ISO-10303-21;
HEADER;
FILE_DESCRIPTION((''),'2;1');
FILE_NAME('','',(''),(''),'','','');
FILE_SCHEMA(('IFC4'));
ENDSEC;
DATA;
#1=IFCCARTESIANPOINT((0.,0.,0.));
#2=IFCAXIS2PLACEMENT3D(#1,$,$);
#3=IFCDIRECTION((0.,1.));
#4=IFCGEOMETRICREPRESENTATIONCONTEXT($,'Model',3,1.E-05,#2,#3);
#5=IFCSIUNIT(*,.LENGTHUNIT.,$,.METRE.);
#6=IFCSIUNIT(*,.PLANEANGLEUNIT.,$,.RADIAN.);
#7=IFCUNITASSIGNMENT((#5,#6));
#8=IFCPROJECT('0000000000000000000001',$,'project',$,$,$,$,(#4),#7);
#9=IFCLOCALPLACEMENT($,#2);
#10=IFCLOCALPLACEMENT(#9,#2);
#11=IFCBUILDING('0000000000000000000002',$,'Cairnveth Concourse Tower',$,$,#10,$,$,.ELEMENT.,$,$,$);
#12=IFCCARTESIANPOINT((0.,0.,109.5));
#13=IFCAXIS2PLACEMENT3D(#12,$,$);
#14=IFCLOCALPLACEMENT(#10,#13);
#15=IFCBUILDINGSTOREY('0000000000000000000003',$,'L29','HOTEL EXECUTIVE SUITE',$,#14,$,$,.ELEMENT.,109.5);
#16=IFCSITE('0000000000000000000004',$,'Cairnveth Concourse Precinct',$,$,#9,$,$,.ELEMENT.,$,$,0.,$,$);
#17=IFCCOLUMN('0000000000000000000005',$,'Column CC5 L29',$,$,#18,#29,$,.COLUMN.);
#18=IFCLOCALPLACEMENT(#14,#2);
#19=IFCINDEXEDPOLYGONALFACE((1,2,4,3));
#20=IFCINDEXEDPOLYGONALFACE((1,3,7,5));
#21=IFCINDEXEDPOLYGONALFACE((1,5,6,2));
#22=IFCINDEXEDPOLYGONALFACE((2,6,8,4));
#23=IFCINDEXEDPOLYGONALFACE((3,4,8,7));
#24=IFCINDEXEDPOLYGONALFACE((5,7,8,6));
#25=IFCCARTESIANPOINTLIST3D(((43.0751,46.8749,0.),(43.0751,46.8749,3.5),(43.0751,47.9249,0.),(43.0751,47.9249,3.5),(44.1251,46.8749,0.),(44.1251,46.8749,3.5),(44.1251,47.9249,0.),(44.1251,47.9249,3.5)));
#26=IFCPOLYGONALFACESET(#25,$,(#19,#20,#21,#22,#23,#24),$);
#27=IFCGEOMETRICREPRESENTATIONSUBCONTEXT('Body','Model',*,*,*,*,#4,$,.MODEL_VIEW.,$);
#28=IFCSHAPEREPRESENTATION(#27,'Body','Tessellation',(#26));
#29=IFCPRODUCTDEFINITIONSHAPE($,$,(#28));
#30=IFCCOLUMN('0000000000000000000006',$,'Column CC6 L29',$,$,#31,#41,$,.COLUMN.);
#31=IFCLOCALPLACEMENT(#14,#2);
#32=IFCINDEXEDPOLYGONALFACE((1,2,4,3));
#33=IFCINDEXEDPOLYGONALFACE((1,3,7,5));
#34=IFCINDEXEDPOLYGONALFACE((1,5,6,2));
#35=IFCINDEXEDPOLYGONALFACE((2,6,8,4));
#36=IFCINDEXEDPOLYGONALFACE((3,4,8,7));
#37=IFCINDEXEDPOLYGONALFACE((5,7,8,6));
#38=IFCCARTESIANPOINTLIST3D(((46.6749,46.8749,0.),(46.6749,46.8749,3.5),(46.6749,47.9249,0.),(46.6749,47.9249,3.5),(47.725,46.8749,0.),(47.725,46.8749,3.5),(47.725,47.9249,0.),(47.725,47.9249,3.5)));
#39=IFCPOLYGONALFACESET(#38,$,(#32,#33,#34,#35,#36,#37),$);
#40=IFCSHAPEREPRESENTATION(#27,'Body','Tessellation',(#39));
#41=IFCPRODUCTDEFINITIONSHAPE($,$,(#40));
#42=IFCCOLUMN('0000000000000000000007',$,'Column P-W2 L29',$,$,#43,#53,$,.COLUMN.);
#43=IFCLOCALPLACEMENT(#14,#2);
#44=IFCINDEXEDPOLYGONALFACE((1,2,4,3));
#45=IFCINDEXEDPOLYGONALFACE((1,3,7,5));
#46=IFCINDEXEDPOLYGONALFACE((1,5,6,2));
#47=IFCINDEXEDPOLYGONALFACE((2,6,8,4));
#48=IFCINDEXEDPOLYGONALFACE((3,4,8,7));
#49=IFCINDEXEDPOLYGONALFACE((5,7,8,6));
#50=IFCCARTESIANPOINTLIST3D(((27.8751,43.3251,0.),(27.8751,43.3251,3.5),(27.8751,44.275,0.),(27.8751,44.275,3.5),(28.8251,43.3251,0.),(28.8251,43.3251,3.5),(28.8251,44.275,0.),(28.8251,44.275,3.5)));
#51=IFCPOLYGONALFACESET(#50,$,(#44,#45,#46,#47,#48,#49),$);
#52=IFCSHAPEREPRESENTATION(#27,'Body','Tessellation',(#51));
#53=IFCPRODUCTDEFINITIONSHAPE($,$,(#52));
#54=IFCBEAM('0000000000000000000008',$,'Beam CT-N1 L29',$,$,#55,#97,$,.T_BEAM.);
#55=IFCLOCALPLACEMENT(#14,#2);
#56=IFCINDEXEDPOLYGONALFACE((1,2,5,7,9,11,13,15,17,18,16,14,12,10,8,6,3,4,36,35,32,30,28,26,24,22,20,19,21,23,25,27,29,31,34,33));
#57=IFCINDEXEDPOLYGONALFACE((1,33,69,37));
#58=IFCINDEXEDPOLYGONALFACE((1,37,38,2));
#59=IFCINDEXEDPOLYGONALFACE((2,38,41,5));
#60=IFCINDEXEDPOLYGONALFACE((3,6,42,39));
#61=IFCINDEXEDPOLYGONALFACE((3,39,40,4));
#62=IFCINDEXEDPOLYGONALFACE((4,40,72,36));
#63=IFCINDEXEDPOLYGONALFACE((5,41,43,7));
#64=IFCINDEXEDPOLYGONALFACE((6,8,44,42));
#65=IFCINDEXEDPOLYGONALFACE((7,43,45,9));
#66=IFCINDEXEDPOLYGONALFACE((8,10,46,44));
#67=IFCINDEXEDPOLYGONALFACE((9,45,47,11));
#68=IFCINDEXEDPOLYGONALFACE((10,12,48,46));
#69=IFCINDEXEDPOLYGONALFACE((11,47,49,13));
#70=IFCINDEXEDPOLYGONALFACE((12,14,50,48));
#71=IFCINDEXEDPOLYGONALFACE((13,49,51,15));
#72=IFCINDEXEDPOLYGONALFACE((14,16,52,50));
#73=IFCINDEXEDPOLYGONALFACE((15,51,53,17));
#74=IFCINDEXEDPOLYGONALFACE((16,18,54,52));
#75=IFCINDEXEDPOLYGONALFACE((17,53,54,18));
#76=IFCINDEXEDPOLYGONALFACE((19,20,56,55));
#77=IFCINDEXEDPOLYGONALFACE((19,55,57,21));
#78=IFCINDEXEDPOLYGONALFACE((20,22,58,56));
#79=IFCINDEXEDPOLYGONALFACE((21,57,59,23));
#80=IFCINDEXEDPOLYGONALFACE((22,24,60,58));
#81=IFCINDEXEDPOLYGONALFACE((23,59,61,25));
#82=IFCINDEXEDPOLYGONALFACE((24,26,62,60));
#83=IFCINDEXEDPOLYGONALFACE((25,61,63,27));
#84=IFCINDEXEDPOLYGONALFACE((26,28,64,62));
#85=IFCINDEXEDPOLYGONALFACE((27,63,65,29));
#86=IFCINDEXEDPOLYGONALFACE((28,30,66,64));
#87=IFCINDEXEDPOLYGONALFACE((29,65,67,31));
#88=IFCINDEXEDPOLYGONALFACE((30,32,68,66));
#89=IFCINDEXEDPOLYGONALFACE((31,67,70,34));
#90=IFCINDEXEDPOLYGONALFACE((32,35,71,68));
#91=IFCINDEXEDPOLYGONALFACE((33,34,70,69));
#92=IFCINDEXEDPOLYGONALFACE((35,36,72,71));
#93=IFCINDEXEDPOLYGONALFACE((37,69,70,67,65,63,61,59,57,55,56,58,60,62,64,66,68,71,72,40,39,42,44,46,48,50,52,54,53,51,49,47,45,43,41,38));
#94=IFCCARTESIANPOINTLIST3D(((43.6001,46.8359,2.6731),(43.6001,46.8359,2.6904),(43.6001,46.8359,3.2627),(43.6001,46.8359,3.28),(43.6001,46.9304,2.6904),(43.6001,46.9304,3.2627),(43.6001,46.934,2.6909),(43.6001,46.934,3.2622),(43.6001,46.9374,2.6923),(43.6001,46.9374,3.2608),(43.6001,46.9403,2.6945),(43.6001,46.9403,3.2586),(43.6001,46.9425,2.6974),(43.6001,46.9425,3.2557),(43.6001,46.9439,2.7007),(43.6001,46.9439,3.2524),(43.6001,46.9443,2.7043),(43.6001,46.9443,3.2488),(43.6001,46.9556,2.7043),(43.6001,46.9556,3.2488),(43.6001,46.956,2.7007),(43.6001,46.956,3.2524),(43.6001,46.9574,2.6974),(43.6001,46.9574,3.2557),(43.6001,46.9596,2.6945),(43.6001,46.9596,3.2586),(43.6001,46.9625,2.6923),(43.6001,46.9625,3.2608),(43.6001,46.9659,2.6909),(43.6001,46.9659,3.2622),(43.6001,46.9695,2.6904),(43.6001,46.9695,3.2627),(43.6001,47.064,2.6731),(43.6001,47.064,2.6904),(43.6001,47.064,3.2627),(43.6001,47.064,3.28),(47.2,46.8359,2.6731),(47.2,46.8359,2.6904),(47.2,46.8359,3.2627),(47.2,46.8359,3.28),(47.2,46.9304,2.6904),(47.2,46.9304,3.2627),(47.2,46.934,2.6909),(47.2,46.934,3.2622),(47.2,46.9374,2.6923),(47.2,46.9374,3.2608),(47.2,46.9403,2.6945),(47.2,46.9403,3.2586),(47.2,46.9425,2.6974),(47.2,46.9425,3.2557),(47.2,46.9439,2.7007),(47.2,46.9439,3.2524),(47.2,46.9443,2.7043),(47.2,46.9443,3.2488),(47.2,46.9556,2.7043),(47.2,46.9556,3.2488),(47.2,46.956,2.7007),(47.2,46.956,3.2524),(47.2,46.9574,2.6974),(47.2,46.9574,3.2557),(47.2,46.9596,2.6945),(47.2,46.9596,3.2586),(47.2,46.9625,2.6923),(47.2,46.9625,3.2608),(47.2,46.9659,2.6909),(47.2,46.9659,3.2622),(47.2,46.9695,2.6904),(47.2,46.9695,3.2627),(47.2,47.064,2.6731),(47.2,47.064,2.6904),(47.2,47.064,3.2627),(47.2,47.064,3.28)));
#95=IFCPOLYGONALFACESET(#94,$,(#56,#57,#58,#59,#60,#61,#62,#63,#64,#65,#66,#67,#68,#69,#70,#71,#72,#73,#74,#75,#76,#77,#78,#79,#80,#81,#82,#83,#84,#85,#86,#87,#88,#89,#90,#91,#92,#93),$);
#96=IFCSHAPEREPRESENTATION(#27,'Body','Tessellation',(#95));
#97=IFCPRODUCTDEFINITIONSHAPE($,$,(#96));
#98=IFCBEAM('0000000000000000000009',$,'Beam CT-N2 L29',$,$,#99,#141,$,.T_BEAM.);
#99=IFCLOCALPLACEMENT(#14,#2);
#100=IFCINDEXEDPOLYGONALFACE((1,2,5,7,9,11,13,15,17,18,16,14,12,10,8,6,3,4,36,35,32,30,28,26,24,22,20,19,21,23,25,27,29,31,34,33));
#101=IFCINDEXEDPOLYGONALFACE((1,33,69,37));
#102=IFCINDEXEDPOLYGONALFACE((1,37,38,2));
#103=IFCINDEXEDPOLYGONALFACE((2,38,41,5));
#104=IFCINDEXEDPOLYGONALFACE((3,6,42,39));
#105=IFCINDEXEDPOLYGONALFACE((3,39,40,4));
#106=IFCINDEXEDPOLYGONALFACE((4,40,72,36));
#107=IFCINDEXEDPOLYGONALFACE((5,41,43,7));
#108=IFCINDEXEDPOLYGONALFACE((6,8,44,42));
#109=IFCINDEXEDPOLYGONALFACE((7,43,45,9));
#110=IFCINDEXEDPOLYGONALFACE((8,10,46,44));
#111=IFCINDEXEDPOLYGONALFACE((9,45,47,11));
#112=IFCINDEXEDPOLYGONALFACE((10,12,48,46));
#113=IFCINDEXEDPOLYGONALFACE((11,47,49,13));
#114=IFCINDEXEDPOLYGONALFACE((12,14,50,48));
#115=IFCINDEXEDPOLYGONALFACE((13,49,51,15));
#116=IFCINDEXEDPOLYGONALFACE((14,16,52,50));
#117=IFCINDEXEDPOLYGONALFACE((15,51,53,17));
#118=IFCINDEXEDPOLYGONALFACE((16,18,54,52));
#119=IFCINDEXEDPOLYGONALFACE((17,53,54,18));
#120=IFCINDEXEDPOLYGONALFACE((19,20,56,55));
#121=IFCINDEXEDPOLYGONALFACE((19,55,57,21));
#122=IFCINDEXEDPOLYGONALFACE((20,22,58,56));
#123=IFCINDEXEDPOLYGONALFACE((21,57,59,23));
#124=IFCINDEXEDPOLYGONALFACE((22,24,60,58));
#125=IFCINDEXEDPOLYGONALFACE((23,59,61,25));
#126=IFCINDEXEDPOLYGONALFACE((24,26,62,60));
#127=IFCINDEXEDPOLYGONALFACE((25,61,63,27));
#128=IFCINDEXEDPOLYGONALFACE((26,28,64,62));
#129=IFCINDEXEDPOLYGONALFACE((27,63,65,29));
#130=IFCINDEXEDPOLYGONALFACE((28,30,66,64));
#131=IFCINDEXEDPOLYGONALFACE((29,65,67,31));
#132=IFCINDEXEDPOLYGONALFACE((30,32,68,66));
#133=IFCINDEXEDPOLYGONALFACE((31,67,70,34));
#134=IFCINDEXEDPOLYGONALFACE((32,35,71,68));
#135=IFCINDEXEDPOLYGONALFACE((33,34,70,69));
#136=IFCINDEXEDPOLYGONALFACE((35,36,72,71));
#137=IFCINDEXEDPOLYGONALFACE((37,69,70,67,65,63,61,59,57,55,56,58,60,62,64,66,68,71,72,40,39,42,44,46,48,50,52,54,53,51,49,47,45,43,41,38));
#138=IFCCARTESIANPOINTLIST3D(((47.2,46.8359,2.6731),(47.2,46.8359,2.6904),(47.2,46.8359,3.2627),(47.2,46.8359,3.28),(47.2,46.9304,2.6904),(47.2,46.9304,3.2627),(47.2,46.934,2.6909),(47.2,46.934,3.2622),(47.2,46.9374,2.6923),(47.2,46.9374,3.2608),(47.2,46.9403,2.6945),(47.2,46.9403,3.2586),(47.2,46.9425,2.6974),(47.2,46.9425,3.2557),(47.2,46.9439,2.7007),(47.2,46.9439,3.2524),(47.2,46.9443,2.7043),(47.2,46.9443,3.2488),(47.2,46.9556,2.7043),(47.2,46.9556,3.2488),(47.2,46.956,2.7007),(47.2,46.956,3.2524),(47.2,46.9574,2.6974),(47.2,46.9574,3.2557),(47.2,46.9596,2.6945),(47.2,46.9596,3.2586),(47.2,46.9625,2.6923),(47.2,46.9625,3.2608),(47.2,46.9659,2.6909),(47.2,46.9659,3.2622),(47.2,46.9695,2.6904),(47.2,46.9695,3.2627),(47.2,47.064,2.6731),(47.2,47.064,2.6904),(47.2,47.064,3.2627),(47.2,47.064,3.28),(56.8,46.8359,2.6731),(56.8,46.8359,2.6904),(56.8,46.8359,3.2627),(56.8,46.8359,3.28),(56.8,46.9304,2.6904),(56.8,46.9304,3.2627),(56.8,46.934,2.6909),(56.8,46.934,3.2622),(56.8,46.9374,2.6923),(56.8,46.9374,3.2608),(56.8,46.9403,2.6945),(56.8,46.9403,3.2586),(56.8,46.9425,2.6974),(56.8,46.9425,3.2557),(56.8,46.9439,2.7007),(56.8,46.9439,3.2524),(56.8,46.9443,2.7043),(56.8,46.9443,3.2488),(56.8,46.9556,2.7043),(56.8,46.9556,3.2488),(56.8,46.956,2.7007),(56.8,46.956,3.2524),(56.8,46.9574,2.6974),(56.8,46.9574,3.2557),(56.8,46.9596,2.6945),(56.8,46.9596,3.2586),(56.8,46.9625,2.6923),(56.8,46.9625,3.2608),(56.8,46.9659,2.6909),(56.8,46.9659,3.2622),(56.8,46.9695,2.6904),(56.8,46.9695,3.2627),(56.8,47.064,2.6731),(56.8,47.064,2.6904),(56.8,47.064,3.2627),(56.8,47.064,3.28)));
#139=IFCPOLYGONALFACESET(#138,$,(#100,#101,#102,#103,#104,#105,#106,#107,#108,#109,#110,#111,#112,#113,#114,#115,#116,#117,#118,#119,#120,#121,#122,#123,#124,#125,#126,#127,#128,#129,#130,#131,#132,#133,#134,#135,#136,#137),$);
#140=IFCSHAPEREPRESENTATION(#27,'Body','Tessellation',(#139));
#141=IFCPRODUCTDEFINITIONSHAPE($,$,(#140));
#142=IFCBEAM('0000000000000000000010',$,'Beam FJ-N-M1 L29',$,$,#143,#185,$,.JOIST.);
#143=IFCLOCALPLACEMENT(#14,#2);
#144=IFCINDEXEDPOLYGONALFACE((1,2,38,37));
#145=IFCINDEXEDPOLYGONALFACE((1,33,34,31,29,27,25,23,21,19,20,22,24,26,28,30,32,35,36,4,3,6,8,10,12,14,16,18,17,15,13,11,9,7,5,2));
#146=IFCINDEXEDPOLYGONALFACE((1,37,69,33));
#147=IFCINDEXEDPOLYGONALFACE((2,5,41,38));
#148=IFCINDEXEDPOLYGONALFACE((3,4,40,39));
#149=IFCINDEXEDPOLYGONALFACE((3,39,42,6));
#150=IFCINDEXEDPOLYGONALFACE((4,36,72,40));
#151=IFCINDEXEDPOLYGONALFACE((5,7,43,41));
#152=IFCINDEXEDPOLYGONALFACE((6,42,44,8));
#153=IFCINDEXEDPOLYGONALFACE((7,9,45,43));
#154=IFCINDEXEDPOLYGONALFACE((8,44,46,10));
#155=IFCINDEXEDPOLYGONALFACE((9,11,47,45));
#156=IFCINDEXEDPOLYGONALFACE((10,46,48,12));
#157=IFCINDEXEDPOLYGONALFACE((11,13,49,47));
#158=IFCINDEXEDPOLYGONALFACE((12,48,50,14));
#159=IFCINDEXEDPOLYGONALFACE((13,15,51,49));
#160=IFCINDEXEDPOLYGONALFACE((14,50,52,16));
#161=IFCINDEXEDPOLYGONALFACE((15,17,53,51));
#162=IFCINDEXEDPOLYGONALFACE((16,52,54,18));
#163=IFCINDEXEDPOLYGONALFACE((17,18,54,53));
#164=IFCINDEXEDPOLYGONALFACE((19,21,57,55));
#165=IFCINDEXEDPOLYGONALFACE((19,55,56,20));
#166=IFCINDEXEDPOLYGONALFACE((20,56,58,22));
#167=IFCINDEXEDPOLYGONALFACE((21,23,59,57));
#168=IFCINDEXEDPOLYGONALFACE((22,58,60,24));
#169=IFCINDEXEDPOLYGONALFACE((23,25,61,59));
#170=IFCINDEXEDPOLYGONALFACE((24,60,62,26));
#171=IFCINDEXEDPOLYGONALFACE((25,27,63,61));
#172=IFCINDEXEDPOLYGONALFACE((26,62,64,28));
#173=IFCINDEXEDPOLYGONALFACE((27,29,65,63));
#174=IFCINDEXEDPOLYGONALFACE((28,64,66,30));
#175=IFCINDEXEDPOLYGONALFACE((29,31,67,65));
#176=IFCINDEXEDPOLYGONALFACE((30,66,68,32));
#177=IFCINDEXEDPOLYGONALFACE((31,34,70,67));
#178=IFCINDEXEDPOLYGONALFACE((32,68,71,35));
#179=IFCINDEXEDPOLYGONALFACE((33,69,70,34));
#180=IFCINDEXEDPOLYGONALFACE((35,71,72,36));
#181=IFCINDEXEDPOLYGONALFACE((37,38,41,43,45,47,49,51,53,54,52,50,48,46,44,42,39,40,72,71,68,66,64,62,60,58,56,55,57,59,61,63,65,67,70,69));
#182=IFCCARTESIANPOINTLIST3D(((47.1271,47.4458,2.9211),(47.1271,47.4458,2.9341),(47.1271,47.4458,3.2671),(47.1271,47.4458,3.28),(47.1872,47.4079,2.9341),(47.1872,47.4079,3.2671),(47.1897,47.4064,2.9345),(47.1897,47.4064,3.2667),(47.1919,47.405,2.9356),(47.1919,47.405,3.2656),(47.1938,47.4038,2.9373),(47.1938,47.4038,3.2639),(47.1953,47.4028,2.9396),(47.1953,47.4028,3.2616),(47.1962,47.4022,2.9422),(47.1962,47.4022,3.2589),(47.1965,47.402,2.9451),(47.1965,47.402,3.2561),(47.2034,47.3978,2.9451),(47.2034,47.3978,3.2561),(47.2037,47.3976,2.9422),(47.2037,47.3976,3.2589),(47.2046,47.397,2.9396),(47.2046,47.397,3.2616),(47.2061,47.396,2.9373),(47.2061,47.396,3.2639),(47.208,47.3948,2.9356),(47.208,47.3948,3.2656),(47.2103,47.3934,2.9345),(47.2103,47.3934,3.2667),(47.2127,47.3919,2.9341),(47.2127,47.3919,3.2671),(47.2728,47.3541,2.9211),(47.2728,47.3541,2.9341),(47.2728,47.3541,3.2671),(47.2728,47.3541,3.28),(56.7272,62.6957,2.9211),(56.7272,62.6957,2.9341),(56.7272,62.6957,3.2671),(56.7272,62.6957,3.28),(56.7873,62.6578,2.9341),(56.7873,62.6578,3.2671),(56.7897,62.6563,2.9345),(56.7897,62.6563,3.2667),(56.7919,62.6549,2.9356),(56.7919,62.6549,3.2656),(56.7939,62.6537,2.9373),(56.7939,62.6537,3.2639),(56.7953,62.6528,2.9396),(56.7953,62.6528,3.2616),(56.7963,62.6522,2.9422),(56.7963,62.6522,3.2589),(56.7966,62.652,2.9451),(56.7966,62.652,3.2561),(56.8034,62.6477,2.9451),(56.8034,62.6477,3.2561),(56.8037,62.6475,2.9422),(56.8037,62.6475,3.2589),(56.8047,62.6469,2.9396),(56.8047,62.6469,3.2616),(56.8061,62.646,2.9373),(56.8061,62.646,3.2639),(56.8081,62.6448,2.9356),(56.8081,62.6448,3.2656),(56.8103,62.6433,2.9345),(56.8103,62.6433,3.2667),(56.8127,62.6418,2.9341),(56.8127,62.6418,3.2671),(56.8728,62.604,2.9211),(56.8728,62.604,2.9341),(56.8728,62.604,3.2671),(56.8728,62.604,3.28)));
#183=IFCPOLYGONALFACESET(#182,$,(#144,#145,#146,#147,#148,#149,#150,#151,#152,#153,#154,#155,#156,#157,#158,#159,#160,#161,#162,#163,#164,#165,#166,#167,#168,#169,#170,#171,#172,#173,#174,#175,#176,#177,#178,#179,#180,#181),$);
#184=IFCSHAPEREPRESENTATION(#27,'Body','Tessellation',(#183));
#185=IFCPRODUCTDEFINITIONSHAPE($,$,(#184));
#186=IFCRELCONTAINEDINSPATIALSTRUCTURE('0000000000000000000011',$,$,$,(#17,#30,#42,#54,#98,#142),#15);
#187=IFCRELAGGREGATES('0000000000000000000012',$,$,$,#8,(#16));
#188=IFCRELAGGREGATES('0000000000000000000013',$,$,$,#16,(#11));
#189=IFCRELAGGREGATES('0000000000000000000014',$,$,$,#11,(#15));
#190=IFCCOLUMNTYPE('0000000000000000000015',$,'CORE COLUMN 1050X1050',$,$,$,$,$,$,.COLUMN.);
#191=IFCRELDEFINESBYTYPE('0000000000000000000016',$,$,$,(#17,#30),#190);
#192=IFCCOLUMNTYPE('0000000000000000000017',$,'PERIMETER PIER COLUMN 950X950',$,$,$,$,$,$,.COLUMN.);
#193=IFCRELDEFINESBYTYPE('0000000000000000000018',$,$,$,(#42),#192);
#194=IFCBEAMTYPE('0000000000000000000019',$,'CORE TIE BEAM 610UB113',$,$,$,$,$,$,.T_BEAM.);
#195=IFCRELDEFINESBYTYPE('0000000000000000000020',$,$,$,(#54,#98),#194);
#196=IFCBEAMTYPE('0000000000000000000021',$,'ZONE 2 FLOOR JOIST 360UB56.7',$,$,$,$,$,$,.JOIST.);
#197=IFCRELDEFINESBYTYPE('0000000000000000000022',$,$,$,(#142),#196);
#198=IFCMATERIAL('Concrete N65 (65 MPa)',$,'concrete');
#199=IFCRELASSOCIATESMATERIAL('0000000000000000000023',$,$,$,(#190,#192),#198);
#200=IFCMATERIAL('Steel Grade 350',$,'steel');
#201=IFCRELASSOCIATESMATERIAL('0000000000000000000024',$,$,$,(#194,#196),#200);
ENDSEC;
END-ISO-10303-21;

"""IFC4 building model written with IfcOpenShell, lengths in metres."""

from ifc_helpers import new_model, si_unit, direction, frame, origin, origin_2d, place, context, subcontext, project, spatial, rectangle, i_section, extrude, material, material_profile, profile_set, type_object, element, save


model = new_model("IFC4")

# Units and contexts
model_context = context("Model", 3, precision=1e-05, world=origin(), true_north=direction((0.0, 1.0)))
body_context = subcontext(model_context, "Body", "Model", "MODEL_VIEW")
ifc_project = project(units=[si_unit("LENGTHUNIT", "METRE"), si_unit("PLANEANGLEUNIT", "RADIAN")], contexts=[model_context])

# Site, building, storey
site_placement = place(None, origin())
site = spatial("IfcSite", under=ifc_project, at=site_placement, Name="Cairnveth Concourse Precinct", CompositionType="ELEMENT", RefElevation=0.0)
building_placement = place(site_placement, origin())
building = spatial("IfcBuilding", under=site, at=building_placement, Name="Cairnveth Concourse Tower", CompositionType="ELEMENT")
storey_placement = place(building_placement, frame((0.0, 0.0, 109.5)))
storey = spatial("IfcBuildingStorey", under=building, at=storey_placement, Name="L29", Description="HOTEL EXECUTIVE SUITE", CompositionType="ELEMENT", Elevation=109.5)

# Columns
ifc_material_1 = material(Name="Concrete N65 (65 MPa)", Category="concrete")
ifc_material_profile_1 = material_profile(ifc_material_1, rectangle(XDim=1.05, YDim=1.05, at=origin_2d()), Name="RC-COL-1050x1050")
ifc_profile_set_1 = profile_set([ifc_material_profile_1], Name="Concrete N65 (65 MPa)")
column_type_1 = type_object("IfcColumnType", Name="CORE COLUMN 1050X1050", PredefinedType="COLUMN", material=ifc_profile_set_1)
for number, where, z_axis, x_axis, name in (
    (1, (43.6001, 47.3999, 0.0), (0.0, 0.0, 1.0), (1.0, 0.0, 0.0), "Column CC5 L29"),
    (2, (47.2, 47.3999, 0.0), (0.0, 0.0, 1.0), (1.0, 0.0, 0.0), "Column CC6 L29"),
):
    element("IfcColumn", number, at=place(storey_placement, frame(where, z_axis=z_axis, x_axis=x_axis)), inside=storey, type_object=column_type_1, Name=name, PredefinedType="COLUMN", context=body_context, shape_type="SweptSolid", body=[
        extrude(rectangle(XDim=1.05, YDim=1.05, at=origin_2d()), origin(), (0.0, 0.0, 1.0), 3.5),
    ])
ifc_material_profile_2 = material_profile(ifc_material_1, rectangle(XDim=0.95, YDim=0.95, at=origin_2d()), Name="RC-COL-950x950")
ifc_profile_set_2 = profile_set([ifc_material_profile_2], Name="Concrete N65 (65 MPa)")
column_type_2 = type_object("IfcColumnType", Name="PERIMETER PIER COLUMN 950X950", PredefinedType="COLUMN", material=ifc_profile_set_2)
column_placement = place(storey_placement, frame((28.3501, 43.8, 0.0), z_axis=(0.0, 0.0, 1.0), x_axis=(0.0, 1.0, 0.0)))
element("IfcColumn", 3, at=column_placement, inside=storey, type_object=column_type_2, Name="Column P-W2 L29", PredefinedType="COLUMN", context=body_context, shape_type="SweptSolid", body=[
    extrude(rectangle(XDim=0.95, YDim=0.95, at=origin_2d()), origin(), (0.0, 0.0, 1.0), 3.5),
])

# Beams
ifc_material_2 = material(Name="Steel Grade 350", Category="steel")
ifc_material_profile_3 = material_profile(ifc_material_2, i_section(OverallWidth=0.228, OverallDepth=0.6069, WebThickness=0.0112, FlangeThickness=0.0173, FilletRadius=0.0139, at=origin_2d()), Name="610UB113")
ifc_profile_set_3 = profile_set([ifc_material_profile_3], Name="Steel Grade 350")
beam_type_1 = type_object("IfcBeamType", Name="CORE TIE BEAM 610UB113", PredefinedType="T_BEAM", material=ifc_profile_set_3)
beam_1_placement = place(storey_placement, frame((43.6001, 46.95, 2.9766), z_axis=(1.0, 0.0, 0.0), x_axis=(0.0, 1.0, 0.0)))
element("IfcBeam", 4, at=beam_1_placement, inside=storey, type_object=beam_type_1, Name="Beam CT-N1 L29", PredefinedType="T_BEAM", context=body_context, shape_type="SweptSolid", body=[
    extrude(i_section(OverallWidth=0.228, OverallDepth=0.6069, WebThickness=0.0112, FlangeThickness=0.0173, FilletRadius=0.0139, at=origin_2d()), origin(), (0.0, 0.0, 1.0), 3.5999),
])
beam_2_placement = place(storey_placement, frame((47.2, 46.95, 2.9766), z_axis=(1.0, 0.0, 0.0), x_axis=(0.0, 1.0, 0.0)))
element("IfcBeam", 5, at=beam_2_placement, inside=storey, type_object=beam_type_1, Name="Beam CT-N2 L29", PredefinedType="T_BEAM", context=body_context, shape_type="SweptSolid", body=[
    extrude(i_section(OverallWidth=0.228, OverallDepth=0.6069, WebThickness=0.0112, FlangeThickness=0.0173, FilletRadius=0.0139, at=origin_2d()), origin(), (0.0, 0.0, 1.0), 9.6001),
])
ifc_material_profile_4 = material_profile(ifc_material_2, i_section(OverallWidth=0.1721, OverallDepth=0.3589, WebThickness=0.0081, FlangeThickness=0.0129, FilletRadius=0.011, at=origin_2d()), Name="360UB56.7")
ifc_profile_set_4 = profile_set([ifc_material_profile_4], Name="Steel Grade 350")
beam_type_2 = type_object("IfcBeamType", Name="ZONE 2 FLOOR JOIST 360UB56.7", PredefinedType="JOIST", material=ifc_profile_set_4)
beam_3_placement = place(storey_placement, frame((47.2, 47.3999, 3.1006), z_axis=(0.532744, 0.846277, 0.0), x_axis=(-0.846277, 0.532744, 0.0)))
element("IfcBeam", 6, at=beam_3_placement, inside=storey, type_object=beam_type_2, Name="Beam FJ-N-M1 L29", PredefinedType="JOIST", context=body_context, shape_type="SweptSolid", body=[
    extrude(i_section(OverallWidth=0.1721, OverallDepth=0.3589, WebThickness=0.0081, FlangeThickness=0.0129, FilletRadius=0.011, at=origin_2d()), origin(), (0.0, 0.0, 1.0), 18.02),
])

save(model, "model.ifc")
